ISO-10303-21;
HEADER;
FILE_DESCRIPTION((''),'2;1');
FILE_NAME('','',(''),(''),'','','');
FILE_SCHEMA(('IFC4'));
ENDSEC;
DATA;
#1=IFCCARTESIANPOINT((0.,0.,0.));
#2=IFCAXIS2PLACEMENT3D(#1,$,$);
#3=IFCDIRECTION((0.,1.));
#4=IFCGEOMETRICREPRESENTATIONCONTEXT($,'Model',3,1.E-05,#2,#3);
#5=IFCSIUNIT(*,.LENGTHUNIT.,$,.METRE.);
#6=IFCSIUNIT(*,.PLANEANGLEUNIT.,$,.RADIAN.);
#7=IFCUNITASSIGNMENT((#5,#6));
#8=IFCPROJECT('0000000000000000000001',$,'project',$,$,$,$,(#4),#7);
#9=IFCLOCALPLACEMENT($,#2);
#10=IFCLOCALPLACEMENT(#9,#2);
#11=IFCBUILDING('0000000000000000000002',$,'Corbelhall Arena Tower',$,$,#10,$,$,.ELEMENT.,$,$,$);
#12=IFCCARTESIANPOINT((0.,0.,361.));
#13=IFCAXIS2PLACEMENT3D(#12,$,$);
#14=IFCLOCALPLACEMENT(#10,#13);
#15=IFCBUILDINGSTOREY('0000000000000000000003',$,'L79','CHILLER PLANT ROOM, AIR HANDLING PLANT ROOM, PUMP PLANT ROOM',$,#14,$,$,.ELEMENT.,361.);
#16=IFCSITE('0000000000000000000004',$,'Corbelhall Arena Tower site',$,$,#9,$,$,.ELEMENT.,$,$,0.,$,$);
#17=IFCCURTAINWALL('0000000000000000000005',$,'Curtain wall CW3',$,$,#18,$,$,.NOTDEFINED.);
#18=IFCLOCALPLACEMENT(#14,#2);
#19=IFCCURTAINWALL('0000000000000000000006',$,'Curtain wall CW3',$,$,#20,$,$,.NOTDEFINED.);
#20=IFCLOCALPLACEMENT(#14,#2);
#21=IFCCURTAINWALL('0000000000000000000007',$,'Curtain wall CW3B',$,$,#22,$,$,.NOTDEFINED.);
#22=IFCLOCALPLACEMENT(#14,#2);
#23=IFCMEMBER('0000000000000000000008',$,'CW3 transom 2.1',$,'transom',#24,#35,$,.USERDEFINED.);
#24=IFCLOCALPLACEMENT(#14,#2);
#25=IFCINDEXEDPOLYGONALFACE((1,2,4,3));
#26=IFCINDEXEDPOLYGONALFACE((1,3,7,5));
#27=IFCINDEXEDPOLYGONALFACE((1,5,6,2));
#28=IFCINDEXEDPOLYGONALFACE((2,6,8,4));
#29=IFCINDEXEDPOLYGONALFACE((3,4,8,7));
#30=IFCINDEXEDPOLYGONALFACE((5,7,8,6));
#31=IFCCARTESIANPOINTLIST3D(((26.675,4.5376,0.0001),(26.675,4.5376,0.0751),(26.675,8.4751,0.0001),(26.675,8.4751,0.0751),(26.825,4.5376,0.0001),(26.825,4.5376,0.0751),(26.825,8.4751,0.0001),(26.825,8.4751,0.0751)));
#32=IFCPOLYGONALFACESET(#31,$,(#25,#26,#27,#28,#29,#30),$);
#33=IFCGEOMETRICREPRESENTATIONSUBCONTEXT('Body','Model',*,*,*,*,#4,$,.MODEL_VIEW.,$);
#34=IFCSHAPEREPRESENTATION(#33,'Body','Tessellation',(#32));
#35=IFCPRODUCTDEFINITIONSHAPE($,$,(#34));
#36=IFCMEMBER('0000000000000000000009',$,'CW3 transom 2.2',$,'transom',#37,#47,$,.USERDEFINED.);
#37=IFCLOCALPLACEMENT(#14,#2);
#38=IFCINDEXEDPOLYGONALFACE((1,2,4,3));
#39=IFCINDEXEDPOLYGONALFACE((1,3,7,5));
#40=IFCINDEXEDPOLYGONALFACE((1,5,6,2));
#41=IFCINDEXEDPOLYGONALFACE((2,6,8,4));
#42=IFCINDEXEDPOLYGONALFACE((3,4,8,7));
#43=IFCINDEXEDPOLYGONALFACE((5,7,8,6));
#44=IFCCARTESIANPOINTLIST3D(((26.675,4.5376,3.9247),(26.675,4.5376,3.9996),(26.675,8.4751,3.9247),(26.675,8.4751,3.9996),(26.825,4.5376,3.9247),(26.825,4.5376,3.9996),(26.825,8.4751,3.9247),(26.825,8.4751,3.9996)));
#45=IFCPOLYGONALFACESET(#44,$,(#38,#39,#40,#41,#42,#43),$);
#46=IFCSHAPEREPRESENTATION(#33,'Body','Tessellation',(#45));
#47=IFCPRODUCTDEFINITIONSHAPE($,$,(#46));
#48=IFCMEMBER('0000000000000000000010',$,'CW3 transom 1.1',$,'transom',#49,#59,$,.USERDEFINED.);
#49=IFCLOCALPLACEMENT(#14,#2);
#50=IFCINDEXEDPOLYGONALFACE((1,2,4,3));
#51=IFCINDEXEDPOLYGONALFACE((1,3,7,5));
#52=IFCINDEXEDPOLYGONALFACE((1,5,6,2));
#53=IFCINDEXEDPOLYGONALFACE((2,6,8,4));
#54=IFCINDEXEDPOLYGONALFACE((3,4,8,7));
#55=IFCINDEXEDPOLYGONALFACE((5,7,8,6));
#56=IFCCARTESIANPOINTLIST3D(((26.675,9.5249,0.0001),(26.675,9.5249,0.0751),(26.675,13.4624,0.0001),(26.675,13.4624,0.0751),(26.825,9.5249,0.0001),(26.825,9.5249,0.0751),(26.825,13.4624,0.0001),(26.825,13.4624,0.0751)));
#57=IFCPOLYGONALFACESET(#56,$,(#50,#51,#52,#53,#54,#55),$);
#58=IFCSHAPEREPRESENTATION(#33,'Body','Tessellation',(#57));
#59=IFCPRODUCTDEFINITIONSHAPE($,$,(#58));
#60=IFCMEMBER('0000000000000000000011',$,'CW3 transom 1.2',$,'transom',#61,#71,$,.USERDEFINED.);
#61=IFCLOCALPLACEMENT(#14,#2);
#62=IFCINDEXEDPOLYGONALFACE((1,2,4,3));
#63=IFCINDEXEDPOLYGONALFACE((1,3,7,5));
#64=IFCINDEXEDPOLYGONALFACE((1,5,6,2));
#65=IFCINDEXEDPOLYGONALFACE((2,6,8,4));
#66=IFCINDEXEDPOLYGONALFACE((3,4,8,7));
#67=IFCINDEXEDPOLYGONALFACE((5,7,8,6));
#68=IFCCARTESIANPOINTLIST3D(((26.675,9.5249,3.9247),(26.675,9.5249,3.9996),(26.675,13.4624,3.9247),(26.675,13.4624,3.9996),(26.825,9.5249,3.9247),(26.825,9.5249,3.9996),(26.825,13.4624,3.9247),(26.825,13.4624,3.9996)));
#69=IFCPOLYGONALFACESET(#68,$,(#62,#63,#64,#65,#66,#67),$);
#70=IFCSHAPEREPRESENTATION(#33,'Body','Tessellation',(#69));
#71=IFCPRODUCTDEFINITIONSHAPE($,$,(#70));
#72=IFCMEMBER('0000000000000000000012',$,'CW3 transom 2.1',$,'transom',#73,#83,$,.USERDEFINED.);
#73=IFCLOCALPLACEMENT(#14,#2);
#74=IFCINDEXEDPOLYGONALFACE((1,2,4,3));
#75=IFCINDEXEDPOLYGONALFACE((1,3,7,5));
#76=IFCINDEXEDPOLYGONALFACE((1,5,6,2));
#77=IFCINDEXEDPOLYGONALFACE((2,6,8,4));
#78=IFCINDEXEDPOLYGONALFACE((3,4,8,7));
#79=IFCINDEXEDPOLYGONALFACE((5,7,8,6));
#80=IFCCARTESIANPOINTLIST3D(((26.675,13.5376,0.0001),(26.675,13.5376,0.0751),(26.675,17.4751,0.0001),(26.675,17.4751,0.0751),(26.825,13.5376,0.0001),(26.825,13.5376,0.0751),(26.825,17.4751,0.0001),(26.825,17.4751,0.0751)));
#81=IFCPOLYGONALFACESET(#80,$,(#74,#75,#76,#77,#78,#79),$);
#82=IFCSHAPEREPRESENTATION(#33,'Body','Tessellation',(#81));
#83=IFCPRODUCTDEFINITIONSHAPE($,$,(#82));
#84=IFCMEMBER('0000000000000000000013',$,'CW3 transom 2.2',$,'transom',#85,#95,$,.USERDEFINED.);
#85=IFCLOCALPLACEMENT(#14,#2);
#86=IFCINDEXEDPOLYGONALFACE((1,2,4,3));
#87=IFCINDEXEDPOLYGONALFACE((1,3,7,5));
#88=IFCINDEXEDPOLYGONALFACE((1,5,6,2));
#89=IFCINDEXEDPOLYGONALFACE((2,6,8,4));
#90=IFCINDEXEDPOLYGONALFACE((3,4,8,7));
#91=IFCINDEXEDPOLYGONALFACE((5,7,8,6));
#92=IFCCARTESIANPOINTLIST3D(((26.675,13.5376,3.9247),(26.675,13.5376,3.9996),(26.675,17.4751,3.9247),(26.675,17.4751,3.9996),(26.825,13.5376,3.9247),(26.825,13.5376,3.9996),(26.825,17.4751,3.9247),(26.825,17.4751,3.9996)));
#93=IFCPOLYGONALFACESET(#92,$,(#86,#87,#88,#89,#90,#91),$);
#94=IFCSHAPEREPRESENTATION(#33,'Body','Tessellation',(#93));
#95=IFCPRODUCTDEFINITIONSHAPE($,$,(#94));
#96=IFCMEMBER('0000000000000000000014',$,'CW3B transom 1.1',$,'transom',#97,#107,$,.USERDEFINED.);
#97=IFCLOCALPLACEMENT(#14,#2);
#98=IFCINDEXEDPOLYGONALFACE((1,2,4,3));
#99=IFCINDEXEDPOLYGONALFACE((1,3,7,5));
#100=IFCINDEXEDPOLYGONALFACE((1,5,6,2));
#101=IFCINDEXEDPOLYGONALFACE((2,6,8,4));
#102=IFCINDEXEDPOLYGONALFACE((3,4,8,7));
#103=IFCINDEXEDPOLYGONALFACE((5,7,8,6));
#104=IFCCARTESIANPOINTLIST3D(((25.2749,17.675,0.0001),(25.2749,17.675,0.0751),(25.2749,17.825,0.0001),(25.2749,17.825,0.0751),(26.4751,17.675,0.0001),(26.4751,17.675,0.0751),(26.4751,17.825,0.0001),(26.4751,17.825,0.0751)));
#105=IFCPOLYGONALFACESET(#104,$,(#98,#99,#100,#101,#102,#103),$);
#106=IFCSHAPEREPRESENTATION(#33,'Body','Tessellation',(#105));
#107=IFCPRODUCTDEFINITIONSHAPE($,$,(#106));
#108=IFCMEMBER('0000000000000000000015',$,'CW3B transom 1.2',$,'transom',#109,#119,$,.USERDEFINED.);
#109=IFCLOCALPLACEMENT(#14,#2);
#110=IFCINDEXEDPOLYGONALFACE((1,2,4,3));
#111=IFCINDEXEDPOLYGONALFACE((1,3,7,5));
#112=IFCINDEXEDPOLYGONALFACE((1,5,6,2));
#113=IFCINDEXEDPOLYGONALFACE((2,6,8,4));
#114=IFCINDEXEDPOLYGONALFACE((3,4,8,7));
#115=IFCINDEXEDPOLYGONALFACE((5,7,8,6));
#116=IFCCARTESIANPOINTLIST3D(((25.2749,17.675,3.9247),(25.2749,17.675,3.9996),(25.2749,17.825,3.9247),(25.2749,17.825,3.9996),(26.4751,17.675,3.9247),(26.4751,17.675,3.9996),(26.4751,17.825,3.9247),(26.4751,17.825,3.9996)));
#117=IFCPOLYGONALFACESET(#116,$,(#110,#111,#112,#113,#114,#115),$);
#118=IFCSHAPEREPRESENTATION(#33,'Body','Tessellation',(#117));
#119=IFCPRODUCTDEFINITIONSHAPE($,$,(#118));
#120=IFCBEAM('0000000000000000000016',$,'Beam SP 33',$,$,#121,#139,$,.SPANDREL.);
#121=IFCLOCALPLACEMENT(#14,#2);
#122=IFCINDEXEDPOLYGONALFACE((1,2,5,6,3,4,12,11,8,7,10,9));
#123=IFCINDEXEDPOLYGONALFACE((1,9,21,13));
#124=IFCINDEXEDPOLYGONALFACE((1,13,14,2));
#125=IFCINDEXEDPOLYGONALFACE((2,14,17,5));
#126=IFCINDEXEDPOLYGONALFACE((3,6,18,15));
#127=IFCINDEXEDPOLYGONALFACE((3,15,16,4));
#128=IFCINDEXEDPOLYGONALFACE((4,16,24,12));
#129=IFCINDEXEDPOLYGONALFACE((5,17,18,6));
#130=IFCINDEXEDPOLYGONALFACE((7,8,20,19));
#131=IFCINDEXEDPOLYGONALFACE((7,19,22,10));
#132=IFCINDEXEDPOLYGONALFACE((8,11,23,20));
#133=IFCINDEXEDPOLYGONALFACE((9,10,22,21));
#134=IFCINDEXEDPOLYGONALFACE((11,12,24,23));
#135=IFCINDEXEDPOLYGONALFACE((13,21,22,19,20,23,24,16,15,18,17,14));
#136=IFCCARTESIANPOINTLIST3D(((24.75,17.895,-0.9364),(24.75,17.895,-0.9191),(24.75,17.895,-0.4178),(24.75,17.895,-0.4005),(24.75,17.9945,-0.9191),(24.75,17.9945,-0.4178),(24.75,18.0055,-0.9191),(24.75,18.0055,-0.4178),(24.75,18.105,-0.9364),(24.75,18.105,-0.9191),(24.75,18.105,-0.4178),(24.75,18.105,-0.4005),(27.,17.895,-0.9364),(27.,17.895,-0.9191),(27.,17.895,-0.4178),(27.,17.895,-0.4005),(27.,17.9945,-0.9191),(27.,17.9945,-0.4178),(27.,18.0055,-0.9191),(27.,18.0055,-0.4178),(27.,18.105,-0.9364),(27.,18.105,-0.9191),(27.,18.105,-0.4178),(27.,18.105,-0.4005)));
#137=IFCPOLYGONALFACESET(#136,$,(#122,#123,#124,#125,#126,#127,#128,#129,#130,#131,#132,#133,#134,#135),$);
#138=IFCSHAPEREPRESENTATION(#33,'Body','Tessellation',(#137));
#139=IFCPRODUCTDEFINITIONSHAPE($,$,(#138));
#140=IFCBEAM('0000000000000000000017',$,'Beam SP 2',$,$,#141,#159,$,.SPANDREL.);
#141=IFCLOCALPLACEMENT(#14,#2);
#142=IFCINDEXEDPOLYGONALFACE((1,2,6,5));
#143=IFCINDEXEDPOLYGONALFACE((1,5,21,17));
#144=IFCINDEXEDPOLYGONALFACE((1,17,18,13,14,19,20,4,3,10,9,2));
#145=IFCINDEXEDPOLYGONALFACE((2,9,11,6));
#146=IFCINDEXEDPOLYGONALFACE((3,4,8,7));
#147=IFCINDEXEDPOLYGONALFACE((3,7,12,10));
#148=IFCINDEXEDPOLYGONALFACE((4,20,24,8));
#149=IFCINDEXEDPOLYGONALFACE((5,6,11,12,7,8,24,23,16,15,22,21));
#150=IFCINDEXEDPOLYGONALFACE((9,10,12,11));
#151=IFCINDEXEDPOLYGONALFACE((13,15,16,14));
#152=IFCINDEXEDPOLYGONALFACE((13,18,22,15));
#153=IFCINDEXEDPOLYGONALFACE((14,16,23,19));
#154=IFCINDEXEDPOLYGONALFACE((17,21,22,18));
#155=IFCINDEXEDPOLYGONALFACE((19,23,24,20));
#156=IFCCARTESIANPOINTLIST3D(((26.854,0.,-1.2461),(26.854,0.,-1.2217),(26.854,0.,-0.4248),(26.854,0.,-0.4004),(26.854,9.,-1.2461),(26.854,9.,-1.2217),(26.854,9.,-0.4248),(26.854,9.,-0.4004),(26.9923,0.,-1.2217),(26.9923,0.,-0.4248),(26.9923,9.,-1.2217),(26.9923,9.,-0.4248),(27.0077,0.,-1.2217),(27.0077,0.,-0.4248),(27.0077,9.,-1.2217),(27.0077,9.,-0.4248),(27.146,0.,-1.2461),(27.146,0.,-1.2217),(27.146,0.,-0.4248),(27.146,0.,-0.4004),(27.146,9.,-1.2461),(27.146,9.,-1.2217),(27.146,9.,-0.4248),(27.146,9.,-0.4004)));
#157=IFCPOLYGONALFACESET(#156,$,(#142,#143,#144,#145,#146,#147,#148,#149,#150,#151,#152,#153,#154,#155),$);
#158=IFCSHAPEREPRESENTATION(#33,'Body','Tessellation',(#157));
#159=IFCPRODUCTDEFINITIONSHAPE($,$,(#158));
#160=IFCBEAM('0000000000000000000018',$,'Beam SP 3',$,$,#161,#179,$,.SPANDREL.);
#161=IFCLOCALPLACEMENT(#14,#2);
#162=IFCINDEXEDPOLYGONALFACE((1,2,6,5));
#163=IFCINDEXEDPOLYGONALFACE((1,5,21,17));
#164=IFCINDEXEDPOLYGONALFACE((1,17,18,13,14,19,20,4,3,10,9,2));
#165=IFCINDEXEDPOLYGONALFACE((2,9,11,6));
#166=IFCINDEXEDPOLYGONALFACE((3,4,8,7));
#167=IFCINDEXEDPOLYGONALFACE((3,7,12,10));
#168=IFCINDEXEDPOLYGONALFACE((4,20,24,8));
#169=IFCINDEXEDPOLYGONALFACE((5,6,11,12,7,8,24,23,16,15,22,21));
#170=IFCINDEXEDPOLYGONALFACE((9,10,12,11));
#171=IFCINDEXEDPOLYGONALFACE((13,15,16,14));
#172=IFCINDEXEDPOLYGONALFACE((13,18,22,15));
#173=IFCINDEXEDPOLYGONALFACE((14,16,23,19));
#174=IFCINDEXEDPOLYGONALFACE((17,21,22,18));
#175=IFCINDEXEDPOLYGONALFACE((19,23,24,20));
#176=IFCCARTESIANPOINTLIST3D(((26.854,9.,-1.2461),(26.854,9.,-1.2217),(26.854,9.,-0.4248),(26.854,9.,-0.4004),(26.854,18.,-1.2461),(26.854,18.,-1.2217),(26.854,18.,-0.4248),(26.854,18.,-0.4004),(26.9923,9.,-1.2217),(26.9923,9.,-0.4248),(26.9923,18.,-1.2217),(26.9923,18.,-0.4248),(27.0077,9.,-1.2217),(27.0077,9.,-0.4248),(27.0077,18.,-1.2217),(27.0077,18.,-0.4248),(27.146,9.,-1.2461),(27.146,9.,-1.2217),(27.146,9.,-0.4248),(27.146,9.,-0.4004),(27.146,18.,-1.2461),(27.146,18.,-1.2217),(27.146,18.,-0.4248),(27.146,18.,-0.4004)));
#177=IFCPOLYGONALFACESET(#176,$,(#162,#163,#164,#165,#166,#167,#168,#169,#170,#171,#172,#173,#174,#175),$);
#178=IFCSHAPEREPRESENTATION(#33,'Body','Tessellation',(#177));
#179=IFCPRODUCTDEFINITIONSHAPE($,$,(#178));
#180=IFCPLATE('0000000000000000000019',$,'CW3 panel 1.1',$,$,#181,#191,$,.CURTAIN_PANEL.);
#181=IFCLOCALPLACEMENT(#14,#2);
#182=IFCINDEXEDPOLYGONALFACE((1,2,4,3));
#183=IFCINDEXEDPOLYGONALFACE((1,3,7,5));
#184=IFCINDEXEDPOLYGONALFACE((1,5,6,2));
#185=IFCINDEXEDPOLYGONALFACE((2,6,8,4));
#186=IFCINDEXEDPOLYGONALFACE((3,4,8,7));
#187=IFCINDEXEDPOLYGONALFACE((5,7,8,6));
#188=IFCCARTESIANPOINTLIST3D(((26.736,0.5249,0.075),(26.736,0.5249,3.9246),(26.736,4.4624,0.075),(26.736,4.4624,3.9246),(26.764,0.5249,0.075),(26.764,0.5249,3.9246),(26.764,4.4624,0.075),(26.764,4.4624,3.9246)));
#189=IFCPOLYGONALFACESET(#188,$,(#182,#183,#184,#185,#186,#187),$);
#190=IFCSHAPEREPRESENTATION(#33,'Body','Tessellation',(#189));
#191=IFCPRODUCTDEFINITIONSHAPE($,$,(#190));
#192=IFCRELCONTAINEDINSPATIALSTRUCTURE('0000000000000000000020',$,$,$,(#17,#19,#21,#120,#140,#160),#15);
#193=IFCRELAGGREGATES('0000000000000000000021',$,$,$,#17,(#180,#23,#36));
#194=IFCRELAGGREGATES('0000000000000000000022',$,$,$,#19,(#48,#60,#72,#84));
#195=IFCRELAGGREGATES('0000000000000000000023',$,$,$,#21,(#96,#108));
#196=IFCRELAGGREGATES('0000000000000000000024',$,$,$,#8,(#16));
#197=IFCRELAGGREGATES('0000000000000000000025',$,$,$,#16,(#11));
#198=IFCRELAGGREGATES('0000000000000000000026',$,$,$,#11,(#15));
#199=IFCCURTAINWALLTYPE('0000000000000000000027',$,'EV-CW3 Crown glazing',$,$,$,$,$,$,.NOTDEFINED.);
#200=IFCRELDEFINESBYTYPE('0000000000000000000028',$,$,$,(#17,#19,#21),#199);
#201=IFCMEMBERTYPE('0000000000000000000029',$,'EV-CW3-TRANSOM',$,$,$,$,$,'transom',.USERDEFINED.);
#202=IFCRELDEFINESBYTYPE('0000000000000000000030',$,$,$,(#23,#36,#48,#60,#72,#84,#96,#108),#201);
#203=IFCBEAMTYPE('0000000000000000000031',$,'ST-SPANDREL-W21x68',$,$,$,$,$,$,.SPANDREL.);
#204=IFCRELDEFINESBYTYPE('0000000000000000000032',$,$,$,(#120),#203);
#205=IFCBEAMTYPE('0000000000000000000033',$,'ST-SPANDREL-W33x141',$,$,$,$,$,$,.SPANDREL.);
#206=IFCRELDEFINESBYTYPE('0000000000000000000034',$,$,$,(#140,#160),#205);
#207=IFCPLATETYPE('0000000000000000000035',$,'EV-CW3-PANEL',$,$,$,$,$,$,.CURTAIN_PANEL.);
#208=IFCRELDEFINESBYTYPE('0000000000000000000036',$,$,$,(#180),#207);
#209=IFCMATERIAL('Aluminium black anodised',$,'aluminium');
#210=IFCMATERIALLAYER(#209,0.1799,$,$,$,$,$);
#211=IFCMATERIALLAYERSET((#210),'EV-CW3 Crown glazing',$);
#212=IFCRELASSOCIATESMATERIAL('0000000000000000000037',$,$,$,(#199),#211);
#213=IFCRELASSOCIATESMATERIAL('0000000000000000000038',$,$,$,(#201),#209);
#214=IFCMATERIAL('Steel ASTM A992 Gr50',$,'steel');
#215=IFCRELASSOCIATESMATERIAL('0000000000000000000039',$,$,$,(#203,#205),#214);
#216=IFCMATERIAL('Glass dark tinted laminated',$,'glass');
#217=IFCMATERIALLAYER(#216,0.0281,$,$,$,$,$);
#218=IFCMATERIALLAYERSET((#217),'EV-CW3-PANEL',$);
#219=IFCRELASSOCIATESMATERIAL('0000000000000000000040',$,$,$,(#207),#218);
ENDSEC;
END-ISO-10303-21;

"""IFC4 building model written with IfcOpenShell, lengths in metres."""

from ifc_helpers import new_model, si_unit, direction, frame, origin, origin_2d, place, context, subcontext, project, spatial, rectangle, i_section, extrude, material, layer, layer_set, material_profile, profile_set, type_object, element, aggregate, save


model = new_model("IFC4")

# Units and contexts
model_context = context("Model", 3, precision=1e-05, world=origin(), true_north=direction((0.0, 1.0)))
body_context = subcontext(model_context, "Body", "Model", "MODEL_VIEW")
ifc_project = project(units=[si_unit("LENGTHUNIT", "METRE"), si_unit("PLANEANGLEUNIT", "RADIAN")], contexts=[model_context])

# Site, building, storey
site_placement = place(None, origin())
site = spatial("IfcSite", under=ifc_project, at=site_placement, Name="Corbelhall Arena Tower site", CompositionType="ELEMENT", RefElevation=0.0)
building_placement = place(site_placement, origin())
building = spatial("IfcBuilding", under=site, at=building_placement, Name="Corbelhall Arena Tower", CompositionType="ELEMENT")
storey_placement = place(building_placement, frame((0.0, 0.0, 361.0)))
storey = spatial("IfcBuildingStorey", under=building, at=storey_placement, Name="L79", Description="CHILLER PLANT ROOM, AIR HANDLING PLANT ROOM, PUMP PLANT ROOM", CompositionType="ELEMENT", Elevation=361.0)

# Curtain walls
ifc_material_1 = material(Name="Aluminium black anodised", Category="aluminium")
ifc_layer_1 = layer(ifc_material_1, 0.1799)
ifc_layer_set_1 = layer_set([ifc_layer_1], Name="EV-CW3 Crown glazing")
curtain_wall_type = type_object("IfcCurtainWallType", Name="EV-CW3 Crown glazing", PredefinedType="NOTDEFINED", material=ifc_layer_set_1)
curtain_wall_1_placement = place(storey_placement, origin())
curtain_wall_1 = element("IfcCurtainWall", 1, at=curtain_wall_1_placement, inside=storey, type_object=curtain_wall_type, Name="Curtain wall CW3", PredefinedType="NOTDEFINED")
curtain_wall_2_placement = place(storey_placement, origin())
curtain_wall_2 = element("IfcCurtainWall", 2, at=curtain_wall_2_placement, inside=storey, type_object=curtain_wall_type, Name="Curtain wall CW3", PredefinedType="NOTDEFINED")
curtain_wall_3_placement = place(storey_placement, origin())
curtain_wall_3 = element("IfcCurtainWall", 3, at=curtain_wall_3_placement, inside=storey, type_object=curtain_wall_type, Name="Curtain wall CW3B", PredefinedType="NOTDEFINED")

# Members
ifc_material_profile_1 = material_profile(ifc_material_1, rectangle(XDim=0.1499, YDim=0.075, at=origin_2d()))
ifc_profile_set_1 = profile_set([ifc_material_profile_1], Name="Aluminium black anodised")
member_type_1 = type_object("IfcMemberType", Name="EV-CW3-TRANSOM", ElementType="transom", PredefinedType="USERDEFINED", material=ifc_profile_set_1)
member_1_placement = place(storey_placement, frame((26.75, 4.5376, 0.0376), z_axis=(0.0, 1.0, 0.0), x_axis=(-1.0, 0.0, 0.0)))
member_1 = element("IfcMember", 4, at=member_1_placement, type_object=member_type_1, Name="CW3 transom 2.1", ObjectType="transom", PredefinedType="USERDEFINED", context=body_context, shape_type="SweptSolid", body=[
    extrude(rectangle(XDim=0.1499, YDim=0.075, at=origin_2d()), origin(), (0.0, 0.0, 1.0), 3.9375),
])
member_2_placement = place(storey_placement, frame((26.75, 4.5376, 3.9622), z_axis=(0.0, 1.0, 0.0), x_axis=(-1.0, 0.0, 0.0)))
member_2 = element("IfcMember", 5, at=member_2_placement, type_object=member_type_1, Name="CW3 transom 2.2", ObjectType="transom", PredefinedType="USERDEFINED", context=body_context, shape_type="SweptSolid", body=[
    extrude(rectangle(XDim=0.1499, YDim=0.075, at=origin_2d()), origin(), (0.0, 0.0, 1.0), 3.9375),
])
member_3_placement = place(storey_placement, frame((26.75, 9.5249, 0.0376), z_axis=(0.0, 1.0, 0.0), x_axis=(-1.0, 0.0, 0.0)))
member_3 = element("IfcMember", 6, at=member_3_placement, type_object=member_type_1, Name="CW3 transom 1.1", ObjectType="transom", PredefinedType="USERDEFINED", context=body_context, shape_type="SweptSolid", body=[
    extrude(rectangle(XDim=0.1499, YDim=0.075, at=origin_2d()), origin(), (0.0, 0.0, 1.0), 3.9375),
])
member_4_placement = place(storey_placement, frame((26.75, 9.5249, 3.9622), z_axis=(0.0, 1.0, 0.0), x_axis=(-1.0, 0.0, 0.0)))
member_4 = element("IfcMember", 7, at=member_4_placement, type_object=member_type_1, Name="CW3 transom 1.2", ObjectType="transom", PredefinedType="USERDEFINED", context=body_context, shape_type="SweptSolid", body=[
    extrude(rectangle(XDim=0.1499, YDim=0.075, at=origin_2d()), origin(), (0.0, 0.0, 1.0), 3.9375),
])
member_5_placement = place(storey_placement, frame((26.75, 13.5376, 0.0376), z_axis=(0.0, 1.0, 0.0), x_axis=(-1.0, 0.0, 0.0)))
member_5 = element("IfcMember", 8, at=member_5_placement, type_object=member_type_1, Name="CW3 transom 2.1", ObjectType="transom", PredefinedType="USERDEFINED", context=body_context, shape_type="SweptSolid", body=[
    extrude(rectangle(XDim=0.1499, YDim=0.075, at=origin_2d()), origin(), (0.0, 0.0, 1.0), 3.9375),
])
member_6_placement = place(storey_placement, frame((26.75, 13.5376, 3.9622), z_axis=(0.0, 1.0, 0.0), x_axis=(-1.0, 0.0, 0.0)))
member_6 = element("IfcMember", 9, at=member_6_placement, type_object=member_type_1, Name="CW3 transom 2.2", ObjectType="transom", PredefinedType="USERDEFINED", context=body_context, shape_type="SweptSolid", body=[
    extrude(rectangle(XDim=0.1499, YDim=0.075, at=origin_2d()), origin(), (0.0, 0.0, 1.0), 3.9375),
])
member_7_placement = place(storey_placement, frame((26.4751, 17.75, 0.0376), z_axis=(-1.0, 0.0, 0.0), x_axis=(0.0, -1.0, 0.0)))
member_7 = element("IfcMember", 10, at=member_7_placement, type_object=member_type_1, Name="CW3B transom 1.1", ObjectType="transom", PredefinedType="USERDEFINED", context=body_context, shape_type="SweptSolid", body=[
    extrude(rectangle(XDim=0.1499, YDim=0.075, at=origin_2d()), origin(), (0.0, 0.0, 1.0), 1.2002),
])
member_8_placement = place(storey_placement, frame((26.4751, 17.75, 3.9622), z_axis=(-1.0, 0.0, 0.0), x_axis=(0.0, -1.0, 0.0)))
member_8 = element("IfcMember", 11, at=member_8_placement, type_object=member_type_1, Name="CW3B transom 1.2", ObjectType="transom", PredefinedType="USERDEFINED", context=body_context, shape_type="SweptSolid", body=[
    extrude(rectangle(XDim=0.1499, YDim=0.075, at=origin_2d()), origin(), (0.0, 0.0, 1.0), 1.2002),
])

# Beams
ifc_material_2 = material(Name="Steel ASTM A992 Gr50", Category="steel")
ifc_material_profile_2 = material_profile(ifc_material_2, i_section(OverallWidth=0.21, OverallDepth=0.5359, WebThickness=0.011, FlangeThickness=0.0173, at=origin_2d()))
ifc_profile_set_2 = profile_set([ifc_material_profile_2], Name="Steel ASTM A992 Gr50")
beam_type_1 = type_object("IfcBeamType", Name="ST-SPANDREL-W21x68", PredefinedType="SPANDREL", material=ifc_profile_set_2)
beam_placement = place(storey_placement, frame((24.75, 18.0, -0.6685), z_axis=(1.0, 0.0, 0.0), x_axis=(0.0, 1.0, 0.0)))
element("IfcBeam", 12, at=beam_placement, inside=storey, type_object=beam_type_1, Name="Beam SP 33", PredefinedType="SPANDREL", context=body_context, shape_type="SweptSolid", body=[
    extrude(i_section(OverallWidth=0.21, OverallDepth=0.5359, WebThickness=0.011, FlangeThickness=0.0173, at=origin_2d()), origin(), (0.0, 0.0, 1.0), 2.25),
])
ifc_material_profile_3 = material_profile(ifc_material_2, i_section(OverallWidth=0.292, OverallDepth=0.8457, WebThickness=0.0154, FlangeThickness=0.0244, at=origin_2d()))
ifc_profile_set_3 = profile_set([ifc_material_profile_3], Name="Steel ASTM A992 Gr50")
beam_type_2 = type_object("IfcBeamType", Name="ST-SPANDREL-W33x141", PredefinedType="SPANDREL", material=ifc_profile_set_3)
for number, where, z_axis, x_axis, name in (
    (13, (27.0, 9.0, -0.8232), (0.0, -1.0, 0.0), (1.0, 0.0, 0.0), "Beam SP 2"),
    (14, (27.0, 18.0, -0.8232), (0.0, -1.0, 0.0), (1.0, 0.0, 0.0), "Beam SP 3"),
):
    element("IfcBeam", number, at=place(storey_placement, frame(where, z_axis=z_axis, x_axis=x_axis)), inside=storey, type_object=beam_type_2, Name=name, PredefinedType="SPANDREL", context=body_context, shape_type="SweptSolid", body=[
        extrude(i_section(OverallWidth=0.292, OverallDepth=0.8457, WebThickness=0.0154, FlangeThickness=0.0244, at=origin_2d()), origin(), (0.0, 0.0, 1.0), 9.0),
    ])

# Plate
ifc_material_3 = material(Name="Glass dark tinted laminated", Category="glass")
ifc_layer_2 = layer(ifc_material_3, 0.0281)
ifc_layer_set_2 = layer_set([ifc_layer_2], Name="EV-CW3-PANEL")
plate_type = type_object("IfcPlateType", Name="EV-CW3-PANEL", PredefinedType="CURTAIN_PANEL", material=ifc_layer_set_2)
plate_1_placement = place(storey_placement, frame((26.75, 2.4937, 0.075), z_axis=(0.0, 0.0, 1.0), x_axis=(0.0, 1.0, 0.0)))
plate_1 = element("IfcPlate", 15, at=plate_1_placement, type_object=plate_type, Name="CW3 panel 1.1", PredefinedType="CURTAIN_PANEL", context=body_context, shape_type="SweptSolid", body=[
    extrude(rectangle(XDim=3.9375, YDim=0.0281, at=origin_2d()), origin(), (0.0, 0.0, 1.0), 3.8496),
])
aggregate(curtain_wall_1, [plate_1, member_1, member_2])
aggregate(curtain_wall_2, [member_3, member_4, member_5, member_6])
aggregate(curtain_wall_3, [member_7, member_8])

save(model, "model.ifc")
